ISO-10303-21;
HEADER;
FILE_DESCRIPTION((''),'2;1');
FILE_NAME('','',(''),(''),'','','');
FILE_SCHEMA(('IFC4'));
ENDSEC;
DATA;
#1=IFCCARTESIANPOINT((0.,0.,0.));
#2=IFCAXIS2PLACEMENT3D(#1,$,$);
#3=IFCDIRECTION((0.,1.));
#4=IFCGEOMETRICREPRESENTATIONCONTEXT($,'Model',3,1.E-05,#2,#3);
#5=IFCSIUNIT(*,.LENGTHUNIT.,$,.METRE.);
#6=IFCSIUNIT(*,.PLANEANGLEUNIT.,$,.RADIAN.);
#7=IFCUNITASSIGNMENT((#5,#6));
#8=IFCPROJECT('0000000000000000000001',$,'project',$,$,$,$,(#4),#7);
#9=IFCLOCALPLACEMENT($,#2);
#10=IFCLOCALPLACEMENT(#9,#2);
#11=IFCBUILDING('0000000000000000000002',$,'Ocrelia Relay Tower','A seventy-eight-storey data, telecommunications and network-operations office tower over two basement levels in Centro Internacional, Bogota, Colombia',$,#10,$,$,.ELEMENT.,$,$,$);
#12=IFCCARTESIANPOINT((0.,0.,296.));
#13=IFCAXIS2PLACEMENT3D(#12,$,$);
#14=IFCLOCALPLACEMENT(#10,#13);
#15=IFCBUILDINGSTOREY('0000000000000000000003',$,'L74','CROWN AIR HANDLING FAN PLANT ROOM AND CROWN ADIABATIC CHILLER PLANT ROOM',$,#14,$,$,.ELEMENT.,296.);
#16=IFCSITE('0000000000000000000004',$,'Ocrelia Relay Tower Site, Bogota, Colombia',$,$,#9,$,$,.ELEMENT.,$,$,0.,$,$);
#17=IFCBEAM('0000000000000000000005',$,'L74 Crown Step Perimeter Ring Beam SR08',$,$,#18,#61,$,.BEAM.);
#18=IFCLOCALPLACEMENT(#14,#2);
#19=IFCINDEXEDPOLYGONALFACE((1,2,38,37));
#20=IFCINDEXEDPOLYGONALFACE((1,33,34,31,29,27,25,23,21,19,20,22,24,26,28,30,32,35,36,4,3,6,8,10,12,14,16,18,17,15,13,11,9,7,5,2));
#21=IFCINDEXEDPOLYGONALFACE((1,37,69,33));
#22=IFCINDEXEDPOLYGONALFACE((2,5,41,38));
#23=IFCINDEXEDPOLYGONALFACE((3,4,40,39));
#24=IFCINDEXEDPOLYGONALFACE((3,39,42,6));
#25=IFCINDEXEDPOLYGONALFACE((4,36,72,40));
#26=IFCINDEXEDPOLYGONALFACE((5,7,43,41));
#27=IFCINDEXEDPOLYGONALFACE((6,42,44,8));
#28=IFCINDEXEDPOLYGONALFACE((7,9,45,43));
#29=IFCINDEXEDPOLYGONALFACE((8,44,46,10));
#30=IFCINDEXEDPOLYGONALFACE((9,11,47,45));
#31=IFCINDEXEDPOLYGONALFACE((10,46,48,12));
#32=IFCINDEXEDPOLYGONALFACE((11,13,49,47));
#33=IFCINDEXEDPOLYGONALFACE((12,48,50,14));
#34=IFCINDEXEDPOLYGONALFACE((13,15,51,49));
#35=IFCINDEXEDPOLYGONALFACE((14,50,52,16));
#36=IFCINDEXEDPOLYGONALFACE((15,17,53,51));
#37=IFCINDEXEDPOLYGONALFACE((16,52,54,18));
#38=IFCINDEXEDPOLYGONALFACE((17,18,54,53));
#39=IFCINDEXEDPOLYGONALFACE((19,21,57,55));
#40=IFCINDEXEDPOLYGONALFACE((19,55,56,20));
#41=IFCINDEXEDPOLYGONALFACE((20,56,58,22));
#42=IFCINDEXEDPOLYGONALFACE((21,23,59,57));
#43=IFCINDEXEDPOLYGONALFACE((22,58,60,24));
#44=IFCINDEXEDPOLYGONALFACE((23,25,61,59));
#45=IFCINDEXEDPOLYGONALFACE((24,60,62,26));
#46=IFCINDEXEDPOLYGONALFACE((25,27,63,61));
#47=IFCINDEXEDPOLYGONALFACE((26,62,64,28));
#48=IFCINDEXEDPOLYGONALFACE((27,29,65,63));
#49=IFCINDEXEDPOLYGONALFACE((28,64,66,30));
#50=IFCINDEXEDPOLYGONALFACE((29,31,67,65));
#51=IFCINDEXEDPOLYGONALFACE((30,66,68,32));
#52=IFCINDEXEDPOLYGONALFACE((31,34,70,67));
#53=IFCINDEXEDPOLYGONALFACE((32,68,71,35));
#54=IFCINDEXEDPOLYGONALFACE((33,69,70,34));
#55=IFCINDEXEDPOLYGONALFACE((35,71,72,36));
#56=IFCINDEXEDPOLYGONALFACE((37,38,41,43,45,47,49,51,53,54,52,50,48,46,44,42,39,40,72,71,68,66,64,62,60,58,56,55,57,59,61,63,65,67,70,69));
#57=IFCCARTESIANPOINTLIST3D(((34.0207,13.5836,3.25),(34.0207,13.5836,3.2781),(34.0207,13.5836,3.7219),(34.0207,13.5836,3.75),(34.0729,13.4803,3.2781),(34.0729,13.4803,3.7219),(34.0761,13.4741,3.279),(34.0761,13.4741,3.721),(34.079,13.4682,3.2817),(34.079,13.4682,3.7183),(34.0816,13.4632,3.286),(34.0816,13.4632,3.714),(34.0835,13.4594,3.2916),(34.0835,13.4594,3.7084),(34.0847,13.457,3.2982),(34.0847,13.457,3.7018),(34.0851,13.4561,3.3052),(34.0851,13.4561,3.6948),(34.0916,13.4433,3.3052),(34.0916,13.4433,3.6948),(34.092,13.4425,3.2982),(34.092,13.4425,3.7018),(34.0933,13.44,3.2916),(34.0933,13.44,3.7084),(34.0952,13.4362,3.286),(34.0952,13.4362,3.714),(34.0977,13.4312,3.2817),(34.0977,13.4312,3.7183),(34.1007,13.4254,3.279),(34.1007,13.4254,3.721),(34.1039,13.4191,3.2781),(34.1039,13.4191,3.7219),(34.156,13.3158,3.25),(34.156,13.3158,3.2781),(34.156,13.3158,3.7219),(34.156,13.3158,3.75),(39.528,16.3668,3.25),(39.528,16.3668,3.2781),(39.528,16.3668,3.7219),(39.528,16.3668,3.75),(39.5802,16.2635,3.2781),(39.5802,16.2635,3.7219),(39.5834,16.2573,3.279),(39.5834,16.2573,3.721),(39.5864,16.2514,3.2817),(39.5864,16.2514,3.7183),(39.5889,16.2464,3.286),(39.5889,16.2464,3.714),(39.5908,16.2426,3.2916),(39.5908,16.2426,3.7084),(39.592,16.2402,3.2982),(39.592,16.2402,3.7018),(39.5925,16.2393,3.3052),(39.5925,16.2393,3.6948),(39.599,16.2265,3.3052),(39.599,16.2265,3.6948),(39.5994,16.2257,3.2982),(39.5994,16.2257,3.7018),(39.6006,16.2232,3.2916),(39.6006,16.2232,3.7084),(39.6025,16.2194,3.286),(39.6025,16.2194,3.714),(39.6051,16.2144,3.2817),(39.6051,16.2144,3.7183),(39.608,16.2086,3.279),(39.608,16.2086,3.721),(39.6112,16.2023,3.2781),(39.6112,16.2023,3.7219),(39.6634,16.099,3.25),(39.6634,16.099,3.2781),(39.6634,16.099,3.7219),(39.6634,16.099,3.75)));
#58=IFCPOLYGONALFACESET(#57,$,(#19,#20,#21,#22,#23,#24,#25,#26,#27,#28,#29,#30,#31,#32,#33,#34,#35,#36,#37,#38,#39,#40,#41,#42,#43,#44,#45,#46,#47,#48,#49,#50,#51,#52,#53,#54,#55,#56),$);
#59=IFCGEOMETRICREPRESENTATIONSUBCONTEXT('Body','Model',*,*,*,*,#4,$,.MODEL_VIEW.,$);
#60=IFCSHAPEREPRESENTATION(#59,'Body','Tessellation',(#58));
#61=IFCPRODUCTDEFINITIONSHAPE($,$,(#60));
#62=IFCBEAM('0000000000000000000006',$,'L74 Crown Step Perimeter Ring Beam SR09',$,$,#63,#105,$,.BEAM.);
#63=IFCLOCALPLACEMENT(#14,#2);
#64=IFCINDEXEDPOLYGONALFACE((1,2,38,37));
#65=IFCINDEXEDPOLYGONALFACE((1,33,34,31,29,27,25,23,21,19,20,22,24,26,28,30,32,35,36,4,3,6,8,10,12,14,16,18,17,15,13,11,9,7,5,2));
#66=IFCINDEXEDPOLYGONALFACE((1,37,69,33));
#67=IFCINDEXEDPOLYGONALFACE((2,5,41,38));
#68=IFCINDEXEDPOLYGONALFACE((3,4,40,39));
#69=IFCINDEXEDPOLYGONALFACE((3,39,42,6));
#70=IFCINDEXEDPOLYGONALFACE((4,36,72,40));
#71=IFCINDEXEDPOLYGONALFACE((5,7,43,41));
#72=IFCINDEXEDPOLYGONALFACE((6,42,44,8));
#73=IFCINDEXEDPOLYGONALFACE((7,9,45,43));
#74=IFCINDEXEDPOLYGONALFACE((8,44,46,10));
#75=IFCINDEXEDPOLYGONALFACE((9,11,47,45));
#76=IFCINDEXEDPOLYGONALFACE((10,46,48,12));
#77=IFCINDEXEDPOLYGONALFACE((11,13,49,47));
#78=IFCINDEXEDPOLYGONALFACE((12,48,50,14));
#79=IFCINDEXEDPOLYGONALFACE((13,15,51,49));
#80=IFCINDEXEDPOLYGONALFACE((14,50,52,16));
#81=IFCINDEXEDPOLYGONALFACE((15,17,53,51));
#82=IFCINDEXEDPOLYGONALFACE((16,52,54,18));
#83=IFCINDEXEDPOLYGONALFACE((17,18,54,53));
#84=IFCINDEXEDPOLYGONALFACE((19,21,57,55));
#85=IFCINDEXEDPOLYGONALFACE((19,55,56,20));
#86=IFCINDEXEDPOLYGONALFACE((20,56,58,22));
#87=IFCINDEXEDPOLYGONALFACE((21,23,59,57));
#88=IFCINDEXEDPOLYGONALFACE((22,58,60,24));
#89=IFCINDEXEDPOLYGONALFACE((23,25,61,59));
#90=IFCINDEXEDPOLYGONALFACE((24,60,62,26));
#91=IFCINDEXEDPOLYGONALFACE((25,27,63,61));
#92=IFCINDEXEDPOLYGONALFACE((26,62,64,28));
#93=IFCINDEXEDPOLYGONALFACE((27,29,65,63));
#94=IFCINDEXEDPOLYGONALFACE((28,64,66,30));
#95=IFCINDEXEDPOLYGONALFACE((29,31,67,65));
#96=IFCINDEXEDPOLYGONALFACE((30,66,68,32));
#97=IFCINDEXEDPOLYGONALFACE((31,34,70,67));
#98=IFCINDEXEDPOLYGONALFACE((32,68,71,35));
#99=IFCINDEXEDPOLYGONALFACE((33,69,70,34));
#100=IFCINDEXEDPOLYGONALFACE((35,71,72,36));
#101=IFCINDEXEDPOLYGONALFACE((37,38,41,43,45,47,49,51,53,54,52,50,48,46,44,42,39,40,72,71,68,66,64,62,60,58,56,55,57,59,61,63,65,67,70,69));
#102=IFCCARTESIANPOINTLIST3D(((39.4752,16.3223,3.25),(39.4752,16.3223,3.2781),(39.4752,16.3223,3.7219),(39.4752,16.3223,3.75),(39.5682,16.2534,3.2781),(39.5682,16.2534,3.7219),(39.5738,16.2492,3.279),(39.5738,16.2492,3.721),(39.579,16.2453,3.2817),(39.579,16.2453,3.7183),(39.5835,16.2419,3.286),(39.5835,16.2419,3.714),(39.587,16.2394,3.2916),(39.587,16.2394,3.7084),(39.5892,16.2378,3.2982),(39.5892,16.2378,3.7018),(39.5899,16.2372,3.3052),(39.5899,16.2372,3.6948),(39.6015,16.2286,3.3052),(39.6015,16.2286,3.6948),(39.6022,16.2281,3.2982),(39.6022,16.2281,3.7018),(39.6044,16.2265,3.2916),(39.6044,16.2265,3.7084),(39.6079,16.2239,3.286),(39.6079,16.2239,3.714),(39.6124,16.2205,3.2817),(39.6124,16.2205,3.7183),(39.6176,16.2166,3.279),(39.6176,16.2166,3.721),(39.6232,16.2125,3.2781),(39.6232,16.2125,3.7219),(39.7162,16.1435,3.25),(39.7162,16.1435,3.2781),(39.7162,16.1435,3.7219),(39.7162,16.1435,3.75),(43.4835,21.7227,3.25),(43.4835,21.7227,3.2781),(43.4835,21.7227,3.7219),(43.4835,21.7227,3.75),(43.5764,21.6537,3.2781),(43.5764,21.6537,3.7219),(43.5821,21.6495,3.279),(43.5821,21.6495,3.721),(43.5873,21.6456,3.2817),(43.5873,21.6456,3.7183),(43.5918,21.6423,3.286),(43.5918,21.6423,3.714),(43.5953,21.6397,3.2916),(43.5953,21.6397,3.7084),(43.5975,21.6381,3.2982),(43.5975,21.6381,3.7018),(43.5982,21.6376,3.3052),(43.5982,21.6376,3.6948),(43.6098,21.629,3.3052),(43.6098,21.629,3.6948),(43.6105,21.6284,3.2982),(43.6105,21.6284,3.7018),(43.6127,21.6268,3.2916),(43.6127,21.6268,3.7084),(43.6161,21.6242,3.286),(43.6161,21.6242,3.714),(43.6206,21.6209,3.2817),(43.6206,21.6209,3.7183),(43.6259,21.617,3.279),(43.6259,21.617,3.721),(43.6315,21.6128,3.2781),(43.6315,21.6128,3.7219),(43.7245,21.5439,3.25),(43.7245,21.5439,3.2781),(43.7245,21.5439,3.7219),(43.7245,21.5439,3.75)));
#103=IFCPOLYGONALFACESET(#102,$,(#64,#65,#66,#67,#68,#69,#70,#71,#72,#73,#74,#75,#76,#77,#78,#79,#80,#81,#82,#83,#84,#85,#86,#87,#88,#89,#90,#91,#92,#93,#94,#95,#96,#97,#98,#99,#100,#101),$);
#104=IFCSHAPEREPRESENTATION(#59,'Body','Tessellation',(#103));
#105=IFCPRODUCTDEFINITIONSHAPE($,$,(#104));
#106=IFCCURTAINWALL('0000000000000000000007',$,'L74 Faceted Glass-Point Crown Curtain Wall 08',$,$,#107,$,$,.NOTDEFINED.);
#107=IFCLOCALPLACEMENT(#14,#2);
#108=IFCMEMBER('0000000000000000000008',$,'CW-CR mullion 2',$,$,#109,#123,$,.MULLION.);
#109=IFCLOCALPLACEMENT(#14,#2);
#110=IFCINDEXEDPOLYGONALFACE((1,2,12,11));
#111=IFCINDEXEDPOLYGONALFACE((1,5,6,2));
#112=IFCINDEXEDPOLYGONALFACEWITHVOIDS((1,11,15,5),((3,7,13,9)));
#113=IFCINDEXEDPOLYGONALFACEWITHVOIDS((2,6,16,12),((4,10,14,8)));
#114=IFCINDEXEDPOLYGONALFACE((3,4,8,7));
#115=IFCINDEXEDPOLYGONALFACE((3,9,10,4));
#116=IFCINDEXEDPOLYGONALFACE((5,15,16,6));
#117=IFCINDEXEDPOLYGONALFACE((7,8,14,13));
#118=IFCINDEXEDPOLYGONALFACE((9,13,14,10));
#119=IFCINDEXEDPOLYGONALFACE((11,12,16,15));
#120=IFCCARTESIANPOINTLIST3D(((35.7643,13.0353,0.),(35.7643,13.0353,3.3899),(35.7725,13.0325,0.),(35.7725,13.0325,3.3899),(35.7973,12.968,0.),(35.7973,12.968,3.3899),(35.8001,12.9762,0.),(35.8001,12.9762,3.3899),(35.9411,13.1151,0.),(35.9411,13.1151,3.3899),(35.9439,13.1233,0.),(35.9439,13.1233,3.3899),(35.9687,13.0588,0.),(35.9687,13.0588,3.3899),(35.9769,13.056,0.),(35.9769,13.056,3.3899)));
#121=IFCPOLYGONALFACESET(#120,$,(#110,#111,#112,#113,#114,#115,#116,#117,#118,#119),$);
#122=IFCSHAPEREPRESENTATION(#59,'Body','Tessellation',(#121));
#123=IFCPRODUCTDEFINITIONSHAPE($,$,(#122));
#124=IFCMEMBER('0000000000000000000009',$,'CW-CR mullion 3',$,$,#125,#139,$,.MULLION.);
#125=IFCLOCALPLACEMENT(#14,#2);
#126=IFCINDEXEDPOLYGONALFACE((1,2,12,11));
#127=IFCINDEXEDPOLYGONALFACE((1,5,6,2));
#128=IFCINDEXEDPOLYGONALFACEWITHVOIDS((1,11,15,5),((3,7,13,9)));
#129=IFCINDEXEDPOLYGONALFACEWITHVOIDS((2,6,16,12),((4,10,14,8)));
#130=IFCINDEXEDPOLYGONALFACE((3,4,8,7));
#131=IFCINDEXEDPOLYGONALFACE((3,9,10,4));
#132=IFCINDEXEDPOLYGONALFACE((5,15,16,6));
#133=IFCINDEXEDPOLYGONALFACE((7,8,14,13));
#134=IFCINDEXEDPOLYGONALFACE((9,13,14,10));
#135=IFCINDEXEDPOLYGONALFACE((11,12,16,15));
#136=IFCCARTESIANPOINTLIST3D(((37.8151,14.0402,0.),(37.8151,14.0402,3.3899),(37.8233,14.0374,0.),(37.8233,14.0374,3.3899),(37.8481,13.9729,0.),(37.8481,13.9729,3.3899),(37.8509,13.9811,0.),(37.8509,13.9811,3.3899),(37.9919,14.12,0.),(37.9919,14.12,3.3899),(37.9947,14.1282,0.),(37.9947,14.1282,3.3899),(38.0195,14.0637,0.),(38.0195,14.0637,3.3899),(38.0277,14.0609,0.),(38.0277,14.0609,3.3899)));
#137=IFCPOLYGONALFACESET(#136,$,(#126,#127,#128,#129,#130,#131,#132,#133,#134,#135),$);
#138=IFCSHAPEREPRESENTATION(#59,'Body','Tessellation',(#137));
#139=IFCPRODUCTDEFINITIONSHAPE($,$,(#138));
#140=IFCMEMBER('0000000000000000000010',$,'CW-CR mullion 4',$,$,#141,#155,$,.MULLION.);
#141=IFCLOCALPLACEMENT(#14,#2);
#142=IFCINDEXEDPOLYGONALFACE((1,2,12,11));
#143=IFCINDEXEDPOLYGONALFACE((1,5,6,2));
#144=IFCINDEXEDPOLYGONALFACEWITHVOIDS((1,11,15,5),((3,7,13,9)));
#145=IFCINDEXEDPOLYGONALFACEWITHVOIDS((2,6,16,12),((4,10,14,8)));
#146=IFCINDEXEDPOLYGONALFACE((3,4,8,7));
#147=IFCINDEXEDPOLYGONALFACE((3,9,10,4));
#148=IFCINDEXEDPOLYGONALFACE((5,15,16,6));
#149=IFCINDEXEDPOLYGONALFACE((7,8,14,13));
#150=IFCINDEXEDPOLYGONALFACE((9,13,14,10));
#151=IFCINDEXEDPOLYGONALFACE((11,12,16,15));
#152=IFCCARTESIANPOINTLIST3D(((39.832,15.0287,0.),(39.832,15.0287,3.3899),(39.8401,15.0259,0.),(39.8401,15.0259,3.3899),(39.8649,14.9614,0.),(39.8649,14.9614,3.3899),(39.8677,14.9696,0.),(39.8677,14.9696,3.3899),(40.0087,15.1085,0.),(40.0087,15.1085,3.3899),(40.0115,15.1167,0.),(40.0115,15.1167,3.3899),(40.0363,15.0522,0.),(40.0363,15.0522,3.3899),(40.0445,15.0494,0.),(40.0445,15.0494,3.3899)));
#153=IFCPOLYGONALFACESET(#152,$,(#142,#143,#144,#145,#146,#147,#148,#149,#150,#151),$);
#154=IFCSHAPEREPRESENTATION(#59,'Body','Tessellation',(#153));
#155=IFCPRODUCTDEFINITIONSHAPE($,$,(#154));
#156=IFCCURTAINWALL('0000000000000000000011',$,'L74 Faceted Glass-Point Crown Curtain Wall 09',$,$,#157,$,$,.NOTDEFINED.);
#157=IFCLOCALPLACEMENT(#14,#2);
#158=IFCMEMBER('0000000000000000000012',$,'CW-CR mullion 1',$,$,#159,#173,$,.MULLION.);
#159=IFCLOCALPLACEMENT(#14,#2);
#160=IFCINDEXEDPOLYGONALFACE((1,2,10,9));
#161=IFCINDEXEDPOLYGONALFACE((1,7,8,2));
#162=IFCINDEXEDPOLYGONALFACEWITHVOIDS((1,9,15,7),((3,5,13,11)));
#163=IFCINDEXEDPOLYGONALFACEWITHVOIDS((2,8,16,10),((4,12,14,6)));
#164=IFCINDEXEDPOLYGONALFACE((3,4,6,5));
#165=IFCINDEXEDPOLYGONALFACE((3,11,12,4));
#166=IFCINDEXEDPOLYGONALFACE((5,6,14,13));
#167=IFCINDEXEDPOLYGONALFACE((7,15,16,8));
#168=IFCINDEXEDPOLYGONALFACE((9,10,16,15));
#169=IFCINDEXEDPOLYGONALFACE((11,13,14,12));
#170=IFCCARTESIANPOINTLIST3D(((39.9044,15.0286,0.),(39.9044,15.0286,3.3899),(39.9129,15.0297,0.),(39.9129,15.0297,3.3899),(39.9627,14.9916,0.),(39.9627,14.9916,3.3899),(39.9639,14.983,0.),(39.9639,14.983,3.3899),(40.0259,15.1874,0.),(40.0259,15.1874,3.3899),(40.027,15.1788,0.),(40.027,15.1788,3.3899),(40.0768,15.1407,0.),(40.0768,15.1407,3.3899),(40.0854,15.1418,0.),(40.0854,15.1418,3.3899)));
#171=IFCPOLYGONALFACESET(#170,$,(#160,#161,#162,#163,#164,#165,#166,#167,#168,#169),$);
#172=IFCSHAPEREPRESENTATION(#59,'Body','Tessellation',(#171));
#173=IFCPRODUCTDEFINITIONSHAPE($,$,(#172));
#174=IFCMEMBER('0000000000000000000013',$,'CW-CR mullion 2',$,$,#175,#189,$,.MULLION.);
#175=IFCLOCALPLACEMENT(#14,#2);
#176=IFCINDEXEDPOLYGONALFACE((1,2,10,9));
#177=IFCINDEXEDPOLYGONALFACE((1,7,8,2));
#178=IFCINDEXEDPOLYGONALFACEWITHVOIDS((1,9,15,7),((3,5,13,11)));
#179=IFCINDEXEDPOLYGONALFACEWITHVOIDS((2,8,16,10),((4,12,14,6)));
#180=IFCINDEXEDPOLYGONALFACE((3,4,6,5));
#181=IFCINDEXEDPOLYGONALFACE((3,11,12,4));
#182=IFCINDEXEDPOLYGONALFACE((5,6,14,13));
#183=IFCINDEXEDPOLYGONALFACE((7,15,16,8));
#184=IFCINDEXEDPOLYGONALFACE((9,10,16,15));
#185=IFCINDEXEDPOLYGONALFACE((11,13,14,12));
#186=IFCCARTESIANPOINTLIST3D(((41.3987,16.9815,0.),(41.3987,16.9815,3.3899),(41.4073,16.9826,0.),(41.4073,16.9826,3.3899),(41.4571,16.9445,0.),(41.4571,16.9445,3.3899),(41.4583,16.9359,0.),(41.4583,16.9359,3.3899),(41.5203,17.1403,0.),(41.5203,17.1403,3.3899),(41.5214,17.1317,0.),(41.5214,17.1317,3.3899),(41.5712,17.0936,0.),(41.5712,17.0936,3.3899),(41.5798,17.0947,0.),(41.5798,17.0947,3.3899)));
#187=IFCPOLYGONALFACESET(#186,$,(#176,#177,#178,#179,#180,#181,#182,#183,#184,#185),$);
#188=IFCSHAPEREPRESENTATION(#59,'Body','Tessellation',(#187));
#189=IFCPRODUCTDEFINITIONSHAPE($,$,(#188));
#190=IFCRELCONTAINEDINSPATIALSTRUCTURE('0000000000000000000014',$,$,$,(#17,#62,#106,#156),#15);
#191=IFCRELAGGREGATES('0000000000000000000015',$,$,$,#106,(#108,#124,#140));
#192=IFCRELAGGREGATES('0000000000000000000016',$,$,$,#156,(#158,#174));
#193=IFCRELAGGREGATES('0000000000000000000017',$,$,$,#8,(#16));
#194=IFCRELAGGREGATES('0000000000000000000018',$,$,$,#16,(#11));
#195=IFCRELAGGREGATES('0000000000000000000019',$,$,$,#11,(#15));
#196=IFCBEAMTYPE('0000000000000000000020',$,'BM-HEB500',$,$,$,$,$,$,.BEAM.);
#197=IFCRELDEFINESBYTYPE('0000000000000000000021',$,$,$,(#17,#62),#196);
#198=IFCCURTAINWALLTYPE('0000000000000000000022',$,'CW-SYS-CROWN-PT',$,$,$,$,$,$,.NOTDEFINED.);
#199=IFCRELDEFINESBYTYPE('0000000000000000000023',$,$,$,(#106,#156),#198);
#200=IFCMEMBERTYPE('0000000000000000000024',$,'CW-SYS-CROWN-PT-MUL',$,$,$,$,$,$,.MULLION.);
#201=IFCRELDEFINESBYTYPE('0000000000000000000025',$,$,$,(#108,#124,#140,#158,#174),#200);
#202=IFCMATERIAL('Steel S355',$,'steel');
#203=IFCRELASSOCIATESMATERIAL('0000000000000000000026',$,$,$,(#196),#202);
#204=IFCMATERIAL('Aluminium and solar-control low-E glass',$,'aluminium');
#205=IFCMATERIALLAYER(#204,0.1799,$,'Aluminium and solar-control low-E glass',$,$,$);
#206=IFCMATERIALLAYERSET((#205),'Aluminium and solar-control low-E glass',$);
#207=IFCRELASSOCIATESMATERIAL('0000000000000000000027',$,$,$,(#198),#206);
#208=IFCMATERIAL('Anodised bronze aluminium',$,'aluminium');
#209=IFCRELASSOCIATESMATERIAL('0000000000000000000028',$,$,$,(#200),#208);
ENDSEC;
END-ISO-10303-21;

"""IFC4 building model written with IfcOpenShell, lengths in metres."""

from ifc_helpers import new_model, si_unit, direction, frame, origin, origin_2d, place, context, subcontext, project, spatial, hollow_rectangle, i_section, extrude, material, layer, layer_set, material_profile, profile_set, type_object, element, aggregate, save


model = new_model("IFC4")

# Units and contexts
model_context = context("Model", 3, precision=1e-05, world=origin(), true_north=direction((0.0, 1.0)))
body_context = subcontext(model_context, "Body", "Model", "MODEL_VIEW")
ifc_project = project(units=[si_unit("LENGTHUNIT", "METRE"), si_unit("PLANEANGLEUNIT", "RADIAN")], contexts=[model_context])

# Site, building, storey
site_placement = place(None, origin())
site = spatial("IfcSite", under=ifc_project, at=site_placement, Name="Ocrelia Relay Tower Site, Bogota, Colombia", CompositionType="ELEMENT", RefElevation=0.0)
building_placement = place(site_placement, origin())
building = spatial("IfcBuilding", under=site, at=building_placement, Name="Ocrelia Relay Tower", Description="A seventy-eight-storey data, telecommunications and network-operations office tower over two basement levels in Centro Internacional, Bogota, Colombia", CompositionType="ELEMENT")
storey_placement = place(building_placement, frame((0.0, 0.0, 296.0)))
storey = spatial("IfcBuildingStorey", under=building, at=storey_placement, Name="L74", Description="CROWN AIR HANDLING FAN PLANT ROOM AND CROWN ADIABATIC CHILLER PLANT ROOM", CompositionType="ELEMENT", Elevation=296.0)

# Beams
ifc_material_1 = material(Name="Steel S355", Category="steel")
ifc_material_profile_1 = material_profile(ifc_material_1, i_section(OverallWidth=0.3, OverallDepth=0.5, WebThickness=0.0144, FlangeThickness=0.0281, FilletRadius=0.0271, at=origin_2d()), Name="HEB 500")
ifc_profile_set_1 = profile_set([ifc_material_profile_1], Name="Steel S355")
beam_type_1 = type_object("IfcBeamType", Name="BM-HEB500", PredefinedType="BEAM", material=ifc_profile_set_1)
beam_1_placement = place(storey_placement, frame((34.0884, 13.4497, 3.5), z_axis=(0.892504, 0.451039, 0.0), x_axis=(-0.451039, 0.892504, 0.0)))
element("IfcBeam", 1, at=beam_1_placement, inside=storey, type_object=beam_type_1, Name="L74 Crown Step Perimeter Ring Beam SR08", PredefinedType="BEAM", context=body_context, shape_type="SweptSolid", body=[
    extrude(i_section(OverallWidth=0.3, OverallDepth=0.5, WebThickness=0.0144, FlangeThickness=0.0281, FilletRadius=0.0271, at=origin_2d()), origin(), (0.0, 0.0, 1.0), 6.1707),
])
beam_2_placement = place(storey_placement, frame((39.5957, 16.2329, 3.5), z_axis=(0.595996, 0.802987, 0.0), x_axis=(-0.802987, 0.595996, 0.0)))
element("IfcBeam", 2, at=beam_2_placement, inside=storey, type_object=beam_type_1, Name="L74 Crown Step Perimeter Ring Beam SR09", PredefinedType="BEAM", context=body_context, shape_type="SweptSolid", body=[
    extrude(i_section(OverallWidth=0.3, OverallDepth=0.5, WebThickness=0.0144, FlangeThickness=0.0281, FilletRadius=0.0271, at=origin_2d()), origin(), (0.0, 0.0, 1.0), 6.7253),
])

# Curtain walls, members
ifc_material_2 = material(Name="Aluminium and solar-control low-E glass", Category="aluminium")
ifc_layer_1 = layer(ifc_material_2, 0.1799, Name="Aluminium and solar-control low-E glass")
ifc_layer_set_1 = layer_set([ifc_layer_1], Name="Aluminium and solar-control low-E glass")
curtain_wall_type = type_object("IfcCurtainWallType", Name="CW-SYS-CROWN-PT", PredefinedType="NOTDEFINED", material=ifc_layer_set_1)
curtain_wall_1_placement = place(storey_placement, origin())
curtain_wall_1 = element("IfcCurtainWall", 3, at=curtain_wall_1_placement, inside=storey, type_object=curtain_wall_type, Name="L74 Faceted Glass-Point Crown Curtain Wall 08", PredefinedType="NOTDEFINED")
ifc_material_3 = material(Name="Anodised bronze aluminium", Category="aluminium")
ifc_material_profile_2 = material_profile(ifc_material_3, hollow_rectangle(XDim=0.075, YDim=0.2, WallThickness=0.0061, at=origin_2d()), Name="CW-MUL-200x75")
ifc_profile_set_2 = profile_set([ifc_material_profile_2], Name="Anodised bronze aluminium")
member_type_1 = type_object("IfcMemberType", Name="CW-SYS-CROWN-PT-MUL", PredefinedType="MULLION", material=ifc_profile_set_2)
member_1_placement = place(storey_placement, frame((35.8706, 13.0457, 0.0), z_axis=(0.0, 0.0, 1.0), x_axis=(-0.440059, 0.897969, 0.0)))
member_1 = element("IfcMember", 4, at=member_1_placement, type_object=member_type_1, Name="CW-CR mullion 2", PredefinedType="MULLION", context=body_context, shape_type="SweptSolid", body=[
    extrude(hollow_rectangle(XDim=0.075, YDim=0.2, WallThickness=0.0061, at=origin_2d()), origin(), (0.0, 0.0, 1.0), 3.3899),
])
member_2_placement = place(storey_placement, frame((37.9214, 14.0505, 0.0), z_axis=(0.0, 0.0, 1.0), x_axis=(-0.440059, 0.897969, 0.0)))
member_2 = element("IfcMember", 5, at=member_2_placement, type_object=member_type_1, Name="CW-CR mullion 3", PredefinedType="MULLION", context=body_context, shape_type="SweptSolid", body=[
    extrude(hollow_rectangle(XDim=0.075, YDim=0.2, WallThickness=0.0061, at=origin_2d()), origin(), (0.0, 0.0, 1.0), 3.3899),
])
member_3_placement = place(storey_placement, frame((39.9382, 15.0391, 0.0), z_axis=(0.0, 0.0, 1.0), x_axis=(-0.440059, 0.897969, 0.0)))
member_3 = element("IfcMember", 6, at=member_3_placement, type_object=member_type_1, Name="CW-CR mullion 4", PredefinedType="MULLION", context=body_context, shape_type="SweptSolid", body=[
    extrude(hollow_rectangle(XDim=0.075, YDim=0.2, WallThickness=0.0061, at=origin_2d()), origin(), (0.0, 0.0, 1.0), 3.3899),
])
curtain_wall_2_placement = place(storey_placement, origin())
curtain_wall_2 = element("IfcCurtainWall", 7, at=curtain_wall_2_placement, inside=storey, type_object=curtain_wall_type, Name="L74 Faceted Glass-Point Crown Curtain Wall 09", PredefinedType="NOTDEFINED")
member_4_placement = place(storey_placement, frame((39.9949, 15.0852, 0.0), z_axis=(0.0, 0.0, 1.0), x_axis=(-0.794107, 0.607778, 0.0)))
member_4 = element("IfcMember", 8, at=member_4_placement, type_object=member_type_1, Name="CW-CR mullion 1", PredefinedType="MULLION", context=body_context, shape_type="SweptSolid", body=[
    extrude(hollow_rectangle(XDim=0.075, YDim=0.2, WallThickness=0.0061, at=origin_2d()), origin(), (0.0, 0.0, 1.0), 3.3899),
])
member_5_placement = place(storey_placement, frame((41.4893, 17.0381, 0.0), z_axis=(0.0, 0.0, 1.0), x_axis=(-0.794107, 0.607778, 0.0)))
member_5 = element("IfcMember", 9, at=member_5_placement, type_object=member_type_1, Name="CW-CR mullion 2", PredefinedType="MULLION", context=body_context, shape_type="SweptSolid", body=[
    extrude(hollow_rectangle(XDim=0.075, YDim=0.2, WallThickness=0.0061, at=origin_2d()), origin(), (0.0, 0.0, 1.0), 3.3899),
])

aggregate(curtain_wall_1, [member_1, member_2, member_3])
aggregate(curtain_wall_2, [member_4, member_5])

save(model, "model.ifc")
